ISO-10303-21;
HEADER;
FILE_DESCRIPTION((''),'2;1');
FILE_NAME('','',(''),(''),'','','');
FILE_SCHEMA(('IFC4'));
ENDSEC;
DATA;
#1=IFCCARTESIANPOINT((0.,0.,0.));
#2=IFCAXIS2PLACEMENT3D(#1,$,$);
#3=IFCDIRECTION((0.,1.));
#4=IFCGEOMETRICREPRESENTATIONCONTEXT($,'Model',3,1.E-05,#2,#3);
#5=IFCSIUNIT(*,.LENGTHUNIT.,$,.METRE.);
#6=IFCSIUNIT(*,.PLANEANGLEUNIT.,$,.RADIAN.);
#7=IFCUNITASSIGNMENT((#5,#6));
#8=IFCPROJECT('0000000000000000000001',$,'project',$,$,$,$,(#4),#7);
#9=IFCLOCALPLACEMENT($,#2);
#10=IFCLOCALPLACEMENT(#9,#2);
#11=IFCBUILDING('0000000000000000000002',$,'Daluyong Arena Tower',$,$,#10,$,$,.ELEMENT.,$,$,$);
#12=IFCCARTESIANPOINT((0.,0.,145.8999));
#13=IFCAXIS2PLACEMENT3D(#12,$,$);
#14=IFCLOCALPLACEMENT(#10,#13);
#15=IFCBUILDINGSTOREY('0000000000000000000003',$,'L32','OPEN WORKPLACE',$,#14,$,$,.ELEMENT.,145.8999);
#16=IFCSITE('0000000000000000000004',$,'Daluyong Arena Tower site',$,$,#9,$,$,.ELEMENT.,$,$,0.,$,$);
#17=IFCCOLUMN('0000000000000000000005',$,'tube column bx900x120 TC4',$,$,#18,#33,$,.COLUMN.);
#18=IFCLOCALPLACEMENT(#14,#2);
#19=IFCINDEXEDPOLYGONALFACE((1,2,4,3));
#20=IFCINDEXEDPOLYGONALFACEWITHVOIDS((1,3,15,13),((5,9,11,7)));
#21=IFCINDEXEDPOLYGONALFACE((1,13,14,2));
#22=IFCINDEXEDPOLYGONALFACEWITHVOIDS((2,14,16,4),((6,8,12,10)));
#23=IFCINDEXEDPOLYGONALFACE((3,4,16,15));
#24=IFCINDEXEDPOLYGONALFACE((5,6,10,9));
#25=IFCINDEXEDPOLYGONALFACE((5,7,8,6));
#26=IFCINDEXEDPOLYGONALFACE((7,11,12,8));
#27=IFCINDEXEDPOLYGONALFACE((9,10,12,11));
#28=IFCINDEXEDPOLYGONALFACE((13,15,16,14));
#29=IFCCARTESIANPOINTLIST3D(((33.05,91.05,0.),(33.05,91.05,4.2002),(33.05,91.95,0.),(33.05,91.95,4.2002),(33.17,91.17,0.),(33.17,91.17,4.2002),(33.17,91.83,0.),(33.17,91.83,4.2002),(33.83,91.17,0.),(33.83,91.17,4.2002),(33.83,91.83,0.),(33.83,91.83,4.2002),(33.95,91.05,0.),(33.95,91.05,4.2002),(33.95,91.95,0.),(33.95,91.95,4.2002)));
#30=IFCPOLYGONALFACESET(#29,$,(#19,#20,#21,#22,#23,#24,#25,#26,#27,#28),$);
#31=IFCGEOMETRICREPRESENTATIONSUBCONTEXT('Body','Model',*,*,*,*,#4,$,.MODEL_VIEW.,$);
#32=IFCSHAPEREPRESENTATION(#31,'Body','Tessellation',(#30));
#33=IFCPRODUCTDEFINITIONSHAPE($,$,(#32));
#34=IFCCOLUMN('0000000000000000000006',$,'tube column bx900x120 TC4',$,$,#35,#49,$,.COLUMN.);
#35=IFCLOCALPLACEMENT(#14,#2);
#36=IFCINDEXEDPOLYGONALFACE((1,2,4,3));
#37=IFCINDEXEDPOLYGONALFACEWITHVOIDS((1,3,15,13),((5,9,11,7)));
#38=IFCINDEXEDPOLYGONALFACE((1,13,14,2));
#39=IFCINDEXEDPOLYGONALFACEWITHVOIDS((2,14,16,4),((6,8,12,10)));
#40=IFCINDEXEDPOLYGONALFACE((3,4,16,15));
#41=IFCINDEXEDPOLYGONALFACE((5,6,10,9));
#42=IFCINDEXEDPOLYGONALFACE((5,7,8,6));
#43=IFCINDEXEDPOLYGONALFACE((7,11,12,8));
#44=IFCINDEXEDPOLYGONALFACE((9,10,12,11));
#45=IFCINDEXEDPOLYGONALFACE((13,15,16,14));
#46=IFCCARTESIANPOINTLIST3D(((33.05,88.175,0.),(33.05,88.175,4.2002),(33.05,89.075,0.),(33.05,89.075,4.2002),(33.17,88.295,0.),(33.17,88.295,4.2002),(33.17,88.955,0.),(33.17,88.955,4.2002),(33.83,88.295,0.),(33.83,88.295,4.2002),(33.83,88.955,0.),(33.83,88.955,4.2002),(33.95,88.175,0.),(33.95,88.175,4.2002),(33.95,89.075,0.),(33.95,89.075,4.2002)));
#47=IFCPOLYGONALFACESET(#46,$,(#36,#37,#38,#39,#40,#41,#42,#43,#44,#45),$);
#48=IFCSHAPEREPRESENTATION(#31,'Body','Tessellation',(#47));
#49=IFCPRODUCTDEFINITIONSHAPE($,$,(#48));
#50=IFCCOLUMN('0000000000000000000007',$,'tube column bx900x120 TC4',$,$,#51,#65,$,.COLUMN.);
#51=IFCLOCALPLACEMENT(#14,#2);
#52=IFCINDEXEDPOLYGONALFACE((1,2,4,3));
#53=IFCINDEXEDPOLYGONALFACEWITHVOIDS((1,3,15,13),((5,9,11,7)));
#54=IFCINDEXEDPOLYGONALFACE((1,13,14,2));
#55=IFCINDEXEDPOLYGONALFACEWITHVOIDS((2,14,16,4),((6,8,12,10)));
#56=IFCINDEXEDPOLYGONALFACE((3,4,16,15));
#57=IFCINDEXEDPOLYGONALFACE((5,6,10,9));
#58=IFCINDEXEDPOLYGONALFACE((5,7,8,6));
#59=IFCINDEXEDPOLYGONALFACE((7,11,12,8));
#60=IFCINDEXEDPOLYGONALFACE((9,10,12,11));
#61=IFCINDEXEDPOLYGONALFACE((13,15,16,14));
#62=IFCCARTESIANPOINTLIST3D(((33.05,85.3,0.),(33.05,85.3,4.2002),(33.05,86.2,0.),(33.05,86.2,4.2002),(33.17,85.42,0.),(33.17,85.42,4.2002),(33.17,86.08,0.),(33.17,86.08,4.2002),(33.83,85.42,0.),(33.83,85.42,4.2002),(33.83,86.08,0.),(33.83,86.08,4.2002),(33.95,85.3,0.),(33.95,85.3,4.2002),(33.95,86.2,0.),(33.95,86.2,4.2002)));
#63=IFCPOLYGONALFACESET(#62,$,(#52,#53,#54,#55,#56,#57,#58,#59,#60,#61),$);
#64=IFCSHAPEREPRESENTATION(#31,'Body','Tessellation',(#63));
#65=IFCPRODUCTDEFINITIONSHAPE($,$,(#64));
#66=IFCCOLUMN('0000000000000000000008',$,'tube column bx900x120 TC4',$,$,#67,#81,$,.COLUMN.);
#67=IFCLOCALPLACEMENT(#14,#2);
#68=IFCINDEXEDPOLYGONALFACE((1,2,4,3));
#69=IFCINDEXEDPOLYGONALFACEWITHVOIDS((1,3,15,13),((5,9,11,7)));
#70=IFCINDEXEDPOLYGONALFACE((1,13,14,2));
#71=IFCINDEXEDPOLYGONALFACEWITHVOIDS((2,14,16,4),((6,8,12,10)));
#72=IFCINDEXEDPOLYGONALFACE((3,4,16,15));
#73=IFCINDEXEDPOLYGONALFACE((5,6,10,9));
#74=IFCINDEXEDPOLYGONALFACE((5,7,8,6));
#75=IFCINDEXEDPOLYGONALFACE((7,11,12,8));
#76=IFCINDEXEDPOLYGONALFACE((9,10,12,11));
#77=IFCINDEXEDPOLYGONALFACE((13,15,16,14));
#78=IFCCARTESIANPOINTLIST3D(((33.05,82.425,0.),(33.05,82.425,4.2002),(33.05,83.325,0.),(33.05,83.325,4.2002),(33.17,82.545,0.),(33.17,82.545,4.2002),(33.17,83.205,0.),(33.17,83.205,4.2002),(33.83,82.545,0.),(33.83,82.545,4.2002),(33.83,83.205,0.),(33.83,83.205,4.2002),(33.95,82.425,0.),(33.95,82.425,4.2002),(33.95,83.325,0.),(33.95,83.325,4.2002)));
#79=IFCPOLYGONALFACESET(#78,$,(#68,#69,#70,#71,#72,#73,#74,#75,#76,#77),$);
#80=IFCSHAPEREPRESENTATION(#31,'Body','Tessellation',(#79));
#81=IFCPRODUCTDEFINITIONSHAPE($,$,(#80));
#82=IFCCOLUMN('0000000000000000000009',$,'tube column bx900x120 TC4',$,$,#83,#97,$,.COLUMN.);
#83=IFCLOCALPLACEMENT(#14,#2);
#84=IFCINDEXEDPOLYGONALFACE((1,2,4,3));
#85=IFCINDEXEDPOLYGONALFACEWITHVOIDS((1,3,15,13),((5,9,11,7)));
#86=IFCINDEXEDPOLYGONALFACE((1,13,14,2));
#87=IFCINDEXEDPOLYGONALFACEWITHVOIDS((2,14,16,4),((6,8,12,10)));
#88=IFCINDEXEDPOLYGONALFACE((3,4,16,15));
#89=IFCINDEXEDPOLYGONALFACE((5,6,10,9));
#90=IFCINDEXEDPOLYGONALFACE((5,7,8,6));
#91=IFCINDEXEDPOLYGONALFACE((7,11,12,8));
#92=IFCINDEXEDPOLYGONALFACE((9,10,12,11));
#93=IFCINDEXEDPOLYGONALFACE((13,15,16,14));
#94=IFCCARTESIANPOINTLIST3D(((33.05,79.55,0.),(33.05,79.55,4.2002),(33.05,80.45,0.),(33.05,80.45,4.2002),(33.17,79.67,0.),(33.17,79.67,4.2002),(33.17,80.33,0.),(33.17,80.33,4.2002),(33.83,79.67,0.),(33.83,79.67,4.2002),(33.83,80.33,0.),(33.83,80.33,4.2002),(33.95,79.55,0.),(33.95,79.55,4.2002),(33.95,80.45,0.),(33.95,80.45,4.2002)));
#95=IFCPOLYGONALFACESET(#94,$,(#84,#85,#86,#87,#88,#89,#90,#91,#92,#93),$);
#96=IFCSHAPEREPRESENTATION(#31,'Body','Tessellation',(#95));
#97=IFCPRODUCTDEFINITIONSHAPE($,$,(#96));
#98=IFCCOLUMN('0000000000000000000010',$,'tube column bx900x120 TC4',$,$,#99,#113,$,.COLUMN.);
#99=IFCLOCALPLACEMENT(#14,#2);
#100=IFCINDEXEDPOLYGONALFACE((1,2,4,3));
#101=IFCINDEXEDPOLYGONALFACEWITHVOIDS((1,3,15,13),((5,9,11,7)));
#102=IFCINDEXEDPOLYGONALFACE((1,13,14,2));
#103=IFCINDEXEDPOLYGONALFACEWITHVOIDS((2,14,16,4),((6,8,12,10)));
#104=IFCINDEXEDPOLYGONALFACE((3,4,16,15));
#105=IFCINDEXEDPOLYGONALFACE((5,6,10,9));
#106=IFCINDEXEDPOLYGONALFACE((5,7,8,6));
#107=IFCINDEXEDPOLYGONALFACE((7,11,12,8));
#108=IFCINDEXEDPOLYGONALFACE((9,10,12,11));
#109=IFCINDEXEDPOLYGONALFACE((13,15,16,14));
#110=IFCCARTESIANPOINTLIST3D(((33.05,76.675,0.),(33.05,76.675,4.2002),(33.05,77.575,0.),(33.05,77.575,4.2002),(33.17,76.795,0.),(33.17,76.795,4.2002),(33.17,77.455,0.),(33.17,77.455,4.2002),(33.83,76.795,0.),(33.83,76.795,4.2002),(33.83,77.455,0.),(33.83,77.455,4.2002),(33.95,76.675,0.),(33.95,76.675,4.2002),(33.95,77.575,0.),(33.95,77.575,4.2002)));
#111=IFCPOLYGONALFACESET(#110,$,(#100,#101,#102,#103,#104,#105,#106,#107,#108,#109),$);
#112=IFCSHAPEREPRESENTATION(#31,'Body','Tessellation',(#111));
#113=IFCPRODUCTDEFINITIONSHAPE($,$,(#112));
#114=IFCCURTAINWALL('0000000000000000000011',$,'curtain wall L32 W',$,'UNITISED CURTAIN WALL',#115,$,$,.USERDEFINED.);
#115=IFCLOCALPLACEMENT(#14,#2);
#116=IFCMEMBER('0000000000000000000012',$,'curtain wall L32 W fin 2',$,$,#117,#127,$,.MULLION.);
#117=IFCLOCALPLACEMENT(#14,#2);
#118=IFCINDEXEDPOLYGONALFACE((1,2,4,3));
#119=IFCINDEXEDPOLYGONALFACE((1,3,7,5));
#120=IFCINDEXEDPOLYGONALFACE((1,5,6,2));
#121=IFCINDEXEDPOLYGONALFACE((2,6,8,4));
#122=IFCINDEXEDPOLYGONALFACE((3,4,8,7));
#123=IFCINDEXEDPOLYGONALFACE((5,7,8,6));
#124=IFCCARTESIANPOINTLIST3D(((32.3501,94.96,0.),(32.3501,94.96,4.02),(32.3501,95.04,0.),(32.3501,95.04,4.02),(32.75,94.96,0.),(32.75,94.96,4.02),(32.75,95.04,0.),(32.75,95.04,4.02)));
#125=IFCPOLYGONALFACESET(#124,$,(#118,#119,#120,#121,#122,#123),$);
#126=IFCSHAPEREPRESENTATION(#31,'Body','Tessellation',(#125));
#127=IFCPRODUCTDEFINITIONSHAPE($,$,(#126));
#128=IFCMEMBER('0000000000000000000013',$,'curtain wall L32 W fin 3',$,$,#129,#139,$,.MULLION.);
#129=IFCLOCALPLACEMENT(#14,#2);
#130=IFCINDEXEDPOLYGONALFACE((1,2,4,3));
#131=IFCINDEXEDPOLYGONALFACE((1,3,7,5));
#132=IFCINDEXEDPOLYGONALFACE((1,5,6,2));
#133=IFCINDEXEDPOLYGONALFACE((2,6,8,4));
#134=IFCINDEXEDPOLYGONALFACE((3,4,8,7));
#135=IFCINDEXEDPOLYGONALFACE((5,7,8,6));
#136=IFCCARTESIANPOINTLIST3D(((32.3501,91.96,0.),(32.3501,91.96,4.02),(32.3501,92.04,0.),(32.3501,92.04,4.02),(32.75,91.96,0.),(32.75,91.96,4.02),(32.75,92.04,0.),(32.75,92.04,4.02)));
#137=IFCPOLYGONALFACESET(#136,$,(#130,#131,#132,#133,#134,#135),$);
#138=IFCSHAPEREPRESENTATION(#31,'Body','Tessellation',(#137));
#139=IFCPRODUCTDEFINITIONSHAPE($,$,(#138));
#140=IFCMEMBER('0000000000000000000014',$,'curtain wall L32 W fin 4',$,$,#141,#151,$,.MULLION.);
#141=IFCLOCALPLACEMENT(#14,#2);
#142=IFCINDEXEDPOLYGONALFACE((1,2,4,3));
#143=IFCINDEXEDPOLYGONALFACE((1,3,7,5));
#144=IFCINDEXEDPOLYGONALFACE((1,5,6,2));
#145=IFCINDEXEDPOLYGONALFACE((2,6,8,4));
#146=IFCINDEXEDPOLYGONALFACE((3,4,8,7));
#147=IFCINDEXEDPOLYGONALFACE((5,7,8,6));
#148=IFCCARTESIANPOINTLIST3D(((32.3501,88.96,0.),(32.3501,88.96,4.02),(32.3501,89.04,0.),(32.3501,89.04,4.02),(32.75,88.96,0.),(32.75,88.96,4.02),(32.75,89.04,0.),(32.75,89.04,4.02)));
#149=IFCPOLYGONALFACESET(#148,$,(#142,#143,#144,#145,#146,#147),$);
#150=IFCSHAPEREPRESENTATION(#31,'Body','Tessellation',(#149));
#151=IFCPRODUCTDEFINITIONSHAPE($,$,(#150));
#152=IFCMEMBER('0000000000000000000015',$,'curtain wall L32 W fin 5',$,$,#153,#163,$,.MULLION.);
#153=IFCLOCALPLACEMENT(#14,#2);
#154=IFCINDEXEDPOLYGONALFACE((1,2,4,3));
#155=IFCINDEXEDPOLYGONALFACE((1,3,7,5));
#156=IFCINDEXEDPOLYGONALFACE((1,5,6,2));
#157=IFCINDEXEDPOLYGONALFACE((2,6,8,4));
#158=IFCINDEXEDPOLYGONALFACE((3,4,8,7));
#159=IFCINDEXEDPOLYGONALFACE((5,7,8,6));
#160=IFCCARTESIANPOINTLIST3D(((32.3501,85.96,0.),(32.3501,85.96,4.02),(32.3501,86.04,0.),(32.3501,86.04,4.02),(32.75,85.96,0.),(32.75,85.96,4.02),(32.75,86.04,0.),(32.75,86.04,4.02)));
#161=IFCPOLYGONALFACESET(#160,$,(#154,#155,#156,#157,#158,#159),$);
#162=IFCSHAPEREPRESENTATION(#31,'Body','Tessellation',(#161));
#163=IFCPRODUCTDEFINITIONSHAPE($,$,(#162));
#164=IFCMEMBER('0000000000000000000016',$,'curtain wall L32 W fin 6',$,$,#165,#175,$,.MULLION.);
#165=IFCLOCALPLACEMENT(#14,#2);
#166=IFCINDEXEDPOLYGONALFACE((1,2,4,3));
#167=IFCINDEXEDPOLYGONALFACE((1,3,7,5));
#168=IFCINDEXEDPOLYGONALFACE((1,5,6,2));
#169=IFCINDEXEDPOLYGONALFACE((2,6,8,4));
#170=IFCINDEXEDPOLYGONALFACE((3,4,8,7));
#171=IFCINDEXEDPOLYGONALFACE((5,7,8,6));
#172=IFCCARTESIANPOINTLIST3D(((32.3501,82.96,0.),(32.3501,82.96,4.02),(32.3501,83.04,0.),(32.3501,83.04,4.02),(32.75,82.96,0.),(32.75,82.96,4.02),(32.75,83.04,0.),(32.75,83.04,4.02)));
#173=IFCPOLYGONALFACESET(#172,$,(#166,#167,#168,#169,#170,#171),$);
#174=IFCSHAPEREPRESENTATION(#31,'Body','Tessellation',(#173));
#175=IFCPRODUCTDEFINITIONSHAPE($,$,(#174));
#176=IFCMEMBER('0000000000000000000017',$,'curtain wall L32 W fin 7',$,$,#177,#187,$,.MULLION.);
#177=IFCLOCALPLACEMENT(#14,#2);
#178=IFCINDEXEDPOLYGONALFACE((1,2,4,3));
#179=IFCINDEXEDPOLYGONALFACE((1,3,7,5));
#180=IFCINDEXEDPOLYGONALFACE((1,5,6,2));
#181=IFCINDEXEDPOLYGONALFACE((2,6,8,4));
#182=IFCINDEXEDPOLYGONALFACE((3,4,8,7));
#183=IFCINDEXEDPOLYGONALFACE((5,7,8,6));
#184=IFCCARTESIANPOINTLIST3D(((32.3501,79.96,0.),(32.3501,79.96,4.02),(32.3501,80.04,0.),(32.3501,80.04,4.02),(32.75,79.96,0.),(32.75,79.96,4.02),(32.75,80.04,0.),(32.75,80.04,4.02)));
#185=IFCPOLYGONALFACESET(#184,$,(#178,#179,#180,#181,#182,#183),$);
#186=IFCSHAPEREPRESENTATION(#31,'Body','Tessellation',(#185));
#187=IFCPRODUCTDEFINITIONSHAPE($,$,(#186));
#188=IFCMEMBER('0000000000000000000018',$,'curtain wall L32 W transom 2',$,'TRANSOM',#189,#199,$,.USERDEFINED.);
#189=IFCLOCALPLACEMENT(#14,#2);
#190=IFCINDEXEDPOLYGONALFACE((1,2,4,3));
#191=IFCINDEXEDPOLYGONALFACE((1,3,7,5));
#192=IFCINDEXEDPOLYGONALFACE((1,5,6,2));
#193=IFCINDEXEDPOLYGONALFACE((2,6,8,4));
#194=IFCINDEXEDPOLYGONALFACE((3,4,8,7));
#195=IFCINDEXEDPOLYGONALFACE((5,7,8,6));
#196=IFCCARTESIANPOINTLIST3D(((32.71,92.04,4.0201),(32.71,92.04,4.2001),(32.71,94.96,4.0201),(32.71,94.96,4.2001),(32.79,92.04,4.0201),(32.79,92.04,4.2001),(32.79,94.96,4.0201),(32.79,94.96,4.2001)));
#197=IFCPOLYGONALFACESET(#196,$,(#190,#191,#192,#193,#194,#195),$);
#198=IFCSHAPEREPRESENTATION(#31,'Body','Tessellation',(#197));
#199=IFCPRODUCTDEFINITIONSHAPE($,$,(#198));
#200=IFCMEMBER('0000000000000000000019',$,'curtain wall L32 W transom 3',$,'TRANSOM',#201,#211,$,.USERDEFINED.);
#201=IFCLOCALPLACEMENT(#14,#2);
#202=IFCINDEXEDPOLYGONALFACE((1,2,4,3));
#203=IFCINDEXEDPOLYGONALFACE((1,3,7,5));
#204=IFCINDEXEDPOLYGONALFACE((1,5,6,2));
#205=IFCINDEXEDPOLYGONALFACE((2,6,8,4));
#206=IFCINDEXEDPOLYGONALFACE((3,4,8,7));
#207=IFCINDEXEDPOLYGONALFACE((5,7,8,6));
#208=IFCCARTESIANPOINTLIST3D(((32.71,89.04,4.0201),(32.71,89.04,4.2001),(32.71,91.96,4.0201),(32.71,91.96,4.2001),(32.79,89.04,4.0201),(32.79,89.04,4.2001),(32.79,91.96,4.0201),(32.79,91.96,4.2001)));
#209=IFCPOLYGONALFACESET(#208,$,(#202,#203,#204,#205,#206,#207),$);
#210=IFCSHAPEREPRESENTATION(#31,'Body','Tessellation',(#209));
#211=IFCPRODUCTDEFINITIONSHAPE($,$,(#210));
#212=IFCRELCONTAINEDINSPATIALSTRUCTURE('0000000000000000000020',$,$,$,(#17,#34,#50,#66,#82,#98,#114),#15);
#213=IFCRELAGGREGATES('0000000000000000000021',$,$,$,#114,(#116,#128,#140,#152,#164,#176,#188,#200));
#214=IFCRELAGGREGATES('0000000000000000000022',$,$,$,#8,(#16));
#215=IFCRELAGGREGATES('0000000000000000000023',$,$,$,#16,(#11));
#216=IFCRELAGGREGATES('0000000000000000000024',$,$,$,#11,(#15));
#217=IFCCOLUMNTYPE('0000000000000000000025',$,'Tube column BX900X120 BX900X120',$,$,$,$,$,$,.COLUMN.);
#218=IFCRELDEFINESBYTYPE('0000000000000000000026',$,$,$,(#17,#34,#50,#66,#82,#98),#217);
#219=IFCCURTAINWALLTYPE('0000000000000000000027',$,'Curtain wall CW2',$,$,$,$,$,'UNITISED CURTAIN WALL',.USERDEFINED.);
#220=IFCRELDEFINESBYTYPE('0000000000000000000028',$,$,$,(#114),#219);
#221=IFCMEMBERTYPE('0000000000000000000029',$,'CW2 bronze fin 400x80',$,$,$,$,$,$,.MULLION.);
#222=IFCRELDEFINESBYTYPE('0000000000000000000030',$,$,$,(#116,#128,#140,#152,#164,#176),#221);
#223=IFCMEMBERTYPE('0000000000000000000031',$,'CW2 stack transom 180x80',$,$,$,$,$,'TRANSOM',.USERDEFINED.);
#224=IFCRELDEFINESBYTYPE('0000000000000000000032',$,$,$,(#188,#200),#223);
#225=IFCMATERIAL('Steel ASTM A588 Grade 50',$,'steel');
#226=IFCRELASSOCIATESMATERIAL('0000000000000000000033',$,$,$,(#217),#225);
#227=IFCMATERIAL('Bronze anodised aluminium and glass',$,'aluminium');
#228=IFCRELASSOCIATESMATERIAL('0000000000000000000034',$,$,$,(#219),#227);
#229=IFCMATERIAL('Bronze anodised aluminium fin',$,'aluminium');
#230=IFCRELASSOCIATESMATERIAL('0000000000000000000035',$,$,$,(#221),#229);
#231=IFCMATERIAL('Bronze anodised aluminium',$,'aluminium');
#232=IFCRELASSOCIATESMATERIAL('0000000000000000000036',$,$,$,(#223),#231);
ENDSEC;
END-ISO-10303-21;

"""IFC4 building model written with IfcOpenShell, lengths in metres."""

from ifc_helpers import new_model, si_unit, direction, frame, origin, origin_2d, place, context, subcontext, project, spatial, rectangle, hollow_rectangle, extrude, material, material_profile, profile_set, type_object, element, aggregate, save


model = new_model("IFC4")

# Units and contexts
model_context = context("Model", 3, precision=1e-05, world=origin(), true_north=direction((0.0, 1.0)))
body_context = subcontext(model_context, "Body", "Model", "MODEL_VIEW")
ifc_project = project(units=[si_unit("LENGTHUNIT", "METRE"), si_unit("PLANEANGLEUNIT", "RADIAN")], contexts=[model_context])

# Site, building, storey
site_placement = place(None, origin())
site = spatial("IfcSite", under=ifc_project, at=site_placement, Name="Daluyong Arena Tower site", CompositionType="ELEMENT", RefElevation=0.0)
building_placement = place(site_placement, origin())
building = spatial("IfcBuilding", under=site, at=building_placement, Name="Daluyong Arena Tower", CompositionType="ELEMENT")
storey_placement = place(building_placement, frame((0.0, 0.0, 145.8999)))
storey = spatial("IfcBuildingStorey", under=building, at=storey_placement, Name="L32", Description="OPEN WORKPLACE", CompositionType="ELEMENT", Elevation=145.8999)

# Columns
ifc_material_1 = material(Name="Steel ASTM A588 Grade 50", Category="steel")
ifc_material_profile_1 = material_profile(ifc_material_1, hollow_rectangle(XDim=0.8999, YDim=0.8999, WallThickness=0.12, at=origin_2d()))
ifc_profile_set_1 = profile_set([ifc_material_profile_1], Name="Steel ASTM A588 Grade 50")
column_type = type_object("IfcColumnType", Name="Tube column BX900X120 BX900X120", PredefinedType="COLUMN", material=ifc_profile_set_1)
for number, where, z_axis, x_axis, name in (
    (1, (33.5, 91.5, 0.0), (0.0, 0.0, 1.0), (0.0, 1.0, 0.0), "tube column bx900x120 TC4"),
    (2, (33.5, 88.625, 0.0), (0.0, 0.0, 1.0), (0.0, 1.0, 0.0), "tube column bx900x120 TC4"),
    (3, (33.5, 85.75, 0.0), (0.0, 0.0, 1.0), (0.0, 1.0, 0.0), "tube column bx900x120 TC4"),
    (4, (33.5, 82.875, 0.0), (0.0, 0.0, 1.0), (0.0, 1.0, 0.0), "tube column bx900x120 TC4"),
    (5, (33.5, 80.0, 0.0), (0.0, 0.0, 1.0), (0.0, 1.0, 0.0), "tube column bx900x120 TC4"),
    (6, (33.5, 77.125, 0.0), (0.0, 0.0, 1.0), (0.0, 1.0, 0.0), "tube column bx900x120 TC4"),
):
    element("IfcColumn", number, at=place(storey_placement, frame(where, z_axis=z_axis, x_axis=x_axis)), inside=storey, type_object=column_type, Name=name, PredefinedType="COLUMN", context=body_context, shape_type="SweptSolid", body=[
        extrude(hollow_rectangle(XDim=0.8999, YDim=0.8999, WallThickness=0.12, at=origin_2d()), origin(), (0.0, 0.0, 1.0), 4.2002),
    ])

# Curtain wall, members
ifc_material_2 = material(Name="Bronze anodised aluminium and glass", Category="aluminium")
curtain_wall_type = type_object("IfcCurtainWallType", Name="Curtain wall CW2", ElementType="UNITISED CURTAIN WALL", PredefinedType="USERDEFINED", material=ifc_material_2)
curtain_wall_placement = place(storey_placement, origin())
curtain_wall = element("IfcCurtainWall", 7, at=curtain_wall_placement, inside=storey, type_object=curtain_wall_type, Name="curtain wall L32 W", ObjectType="UNITISED CURTAIN WALL", PredefinedType="USERDEFINED")
ifc_material_3 = material(Name="Bronze anodised aluminium fin", Category="aluminium")
ifc_material_profile_2 = material_profile(ifc_material_3, rectangle(XDim=0.3999, YDim=0.0801, at=origin_2d()))
ifc_profile_set_2 = profile_set([ifc_material_profile_2], Name="Bronze anodised aluminium fin")
member_type_1 = type_object("IfcMemberType", Name="CW2 bronze fin 400x80", PredefinedType="MULLION", material=ifc_profile_set_2)
member_1_placement = place(storey_placement, frame((32.55, 95.0, 0.0), z_axis=(0.0, 0.0, 1.0), x_axis=(1.0, 0.0, 0.0)))
member_1 = element("IfcMember", 8, at=member_1_placement, type_object=member_type_1, Name="curtain wall L32 W fin 2", PredefinedType="MULLION", context=body_context, shape_type="SweptSolid", body=[
    extrude(rectangle(XDim=0.3999, YDim=0.0801, at=origin_2d()), origin(), (0.0, 0.0, 1.0), 4.02),
])
member_2_placement = place(storey_placement, frame((32.55, 92.0, 0.0), z_axis=(0.0, 0.0, 1.0), x_axis=(1.0, 0.0, 0.0)))
member_2 = element("IfcMember", 9, at=member_2_placement, type_object=member_type_1, Name="curtain wall L32 W fin 3", PredefinedType="MULLION", context=body_context, shape_type="SweptSolid", body=[
    extrude(rectangle(XDim=0.3999, YDim=0.0801, at=origin_2d()), origin(), (0.0, 0.0, 1.0), 4.02),
])
member_3_placement = place(storey_placement, frame((32.55, 89.0, 0.0), z_axis=(0.0, 0.0, 1.0), x_axis=(1.0, 0.0, 0.0)))
member_3 = element("IfcMember", 10, at=member_3_placement, type_object=member_type_1, Name="curtain wall L32 W fin 4", PredefinedType="MULLION", context=body_context, shape_type="SweptSolid", body=[
    extrude(rectangle(XDim=0.3999, YDim=0.0801, at=origin_2d()), origin(), (0.0, 0.0, 1.0), 4.02),
])
member_4_placement = place(storey_placement, frame((32.55, 86.0, 0.0), z_axis=(0.0, 0.0, 1.0), x_axis=(1.0, 0.0, 0.0)))
member_4 = element("IfcMember", 11, at=member_4_placement, type_object=member_type_1, Name="curtain wall L32 W fin 5", PredefinedType="MULLION", context=body_context, shape_type="SweptSolid", body=[
    extrude(rectangle(XDim=0.3999, YDim=0.0801, at=origin_2d()), origin(), (0.0, 0.0, 1.0), 4.02),
])
member_5_placement = place(storey_placement, frame((32.55, 83.0, 0.0), z_axis=(0.0, 0.0, 1.0), x_axis=(1.0, 0.0, 0.0)))
member_5 = element("IfcMember", 12, at=member_5_placement, type_object=member_type_1, Name="curtain wall L32 W fin 6", PredefinedType="MULLION", context=body_context, shape_type="SweptSolid", body=[
    extrude(rectangle(XDim=0.3999, YDim=0.0801, at=origin_2d()), origin(), (0.0, 0.0, 1.0), 4.02),
])
member_6_placement = place(storey_placement, frame((32.55, 80.0, 0.0), z_axis=(0.0, 0.0, 1.0), x_axis=(1.0, 0.0, 0.0)))
member_6 = element("IfcMember", 13, at=member_6_placement, type_object=member_type_1, Name="curtain wall L32 W fin 7", PredefinedType="MULLION", context=body_context, shape_type="SweptSolid", body=[
    extrude(rectangle(XDim=0.3999, YDim=0.0801, at=origin_2d()), origin(), (0.0, 0.0, 1.0), 4.02),
])
ifc_material_4 = material(Name="Bronze anodised aluminium", Category="aluminium")
ifc_material_profile_3 = material_profile(ifc_material_4, rectangle(XDim=0.0801, YDim=0.1799, at=origin_2d()))
ifc_profile_set_3 = profile_set([ifc_material_profile_3], Name="Bronze anodised aluminium")
member_type_2 = type_object("IfcMemberType", Name="CW2 stack transom 180x80", ElementType="TRANSOM", PredefinedType="USERDEFINED", material=ifc_profile_set_3)
member_7_placement = place(storey_placement, frame((32.75, 94.96, 4.1101), z_axis=(0.0, -1.0, 0.0), x_axis=(1.0, 0.0, 0.0)))
member_7 = element("IfcMember", 14, at=member_7_placement, type_object=member_type_2, Name="curtain wall L32 W transom 2", ObjectType="TRANSOM", PredefinedType="USERDEFINED", context=body_context, shape_type="SweptSolid", body=[
    extrude(rectangle(XDim=0.0801, YDim=0.1799, at=origin_2d()), origin(), (0.0, 0.0, 1.0), 2.9199),
])
member_8_placement = place(storey_placement, frame((32.75, 91.96, 4.1101), z_axis=(0.0, -1.0, 0.0), x_axis=(1.0, 0.0, 0.0)))
member_8 = element("IfcMember", 15, at=member_8_placement, type_object=member_type_2, Name="curtain wall L32 W transom 3", ObjectType="TRANSOM", PredefinedType="USERDEFINED", context=body_context, shape_type="SweptSolid", body=[
    extrude(rectangle(XDim=0.0801, YDim=0.1799, at=origin_2d()), origin(), (0.0, 0.0, 1.0), 2.9199),
])

aggregate(curtain_wall, [member_1, member_2, member_3, member_4, member_5, member_6, member_7, member_8])

save(model, "model.ifc")
